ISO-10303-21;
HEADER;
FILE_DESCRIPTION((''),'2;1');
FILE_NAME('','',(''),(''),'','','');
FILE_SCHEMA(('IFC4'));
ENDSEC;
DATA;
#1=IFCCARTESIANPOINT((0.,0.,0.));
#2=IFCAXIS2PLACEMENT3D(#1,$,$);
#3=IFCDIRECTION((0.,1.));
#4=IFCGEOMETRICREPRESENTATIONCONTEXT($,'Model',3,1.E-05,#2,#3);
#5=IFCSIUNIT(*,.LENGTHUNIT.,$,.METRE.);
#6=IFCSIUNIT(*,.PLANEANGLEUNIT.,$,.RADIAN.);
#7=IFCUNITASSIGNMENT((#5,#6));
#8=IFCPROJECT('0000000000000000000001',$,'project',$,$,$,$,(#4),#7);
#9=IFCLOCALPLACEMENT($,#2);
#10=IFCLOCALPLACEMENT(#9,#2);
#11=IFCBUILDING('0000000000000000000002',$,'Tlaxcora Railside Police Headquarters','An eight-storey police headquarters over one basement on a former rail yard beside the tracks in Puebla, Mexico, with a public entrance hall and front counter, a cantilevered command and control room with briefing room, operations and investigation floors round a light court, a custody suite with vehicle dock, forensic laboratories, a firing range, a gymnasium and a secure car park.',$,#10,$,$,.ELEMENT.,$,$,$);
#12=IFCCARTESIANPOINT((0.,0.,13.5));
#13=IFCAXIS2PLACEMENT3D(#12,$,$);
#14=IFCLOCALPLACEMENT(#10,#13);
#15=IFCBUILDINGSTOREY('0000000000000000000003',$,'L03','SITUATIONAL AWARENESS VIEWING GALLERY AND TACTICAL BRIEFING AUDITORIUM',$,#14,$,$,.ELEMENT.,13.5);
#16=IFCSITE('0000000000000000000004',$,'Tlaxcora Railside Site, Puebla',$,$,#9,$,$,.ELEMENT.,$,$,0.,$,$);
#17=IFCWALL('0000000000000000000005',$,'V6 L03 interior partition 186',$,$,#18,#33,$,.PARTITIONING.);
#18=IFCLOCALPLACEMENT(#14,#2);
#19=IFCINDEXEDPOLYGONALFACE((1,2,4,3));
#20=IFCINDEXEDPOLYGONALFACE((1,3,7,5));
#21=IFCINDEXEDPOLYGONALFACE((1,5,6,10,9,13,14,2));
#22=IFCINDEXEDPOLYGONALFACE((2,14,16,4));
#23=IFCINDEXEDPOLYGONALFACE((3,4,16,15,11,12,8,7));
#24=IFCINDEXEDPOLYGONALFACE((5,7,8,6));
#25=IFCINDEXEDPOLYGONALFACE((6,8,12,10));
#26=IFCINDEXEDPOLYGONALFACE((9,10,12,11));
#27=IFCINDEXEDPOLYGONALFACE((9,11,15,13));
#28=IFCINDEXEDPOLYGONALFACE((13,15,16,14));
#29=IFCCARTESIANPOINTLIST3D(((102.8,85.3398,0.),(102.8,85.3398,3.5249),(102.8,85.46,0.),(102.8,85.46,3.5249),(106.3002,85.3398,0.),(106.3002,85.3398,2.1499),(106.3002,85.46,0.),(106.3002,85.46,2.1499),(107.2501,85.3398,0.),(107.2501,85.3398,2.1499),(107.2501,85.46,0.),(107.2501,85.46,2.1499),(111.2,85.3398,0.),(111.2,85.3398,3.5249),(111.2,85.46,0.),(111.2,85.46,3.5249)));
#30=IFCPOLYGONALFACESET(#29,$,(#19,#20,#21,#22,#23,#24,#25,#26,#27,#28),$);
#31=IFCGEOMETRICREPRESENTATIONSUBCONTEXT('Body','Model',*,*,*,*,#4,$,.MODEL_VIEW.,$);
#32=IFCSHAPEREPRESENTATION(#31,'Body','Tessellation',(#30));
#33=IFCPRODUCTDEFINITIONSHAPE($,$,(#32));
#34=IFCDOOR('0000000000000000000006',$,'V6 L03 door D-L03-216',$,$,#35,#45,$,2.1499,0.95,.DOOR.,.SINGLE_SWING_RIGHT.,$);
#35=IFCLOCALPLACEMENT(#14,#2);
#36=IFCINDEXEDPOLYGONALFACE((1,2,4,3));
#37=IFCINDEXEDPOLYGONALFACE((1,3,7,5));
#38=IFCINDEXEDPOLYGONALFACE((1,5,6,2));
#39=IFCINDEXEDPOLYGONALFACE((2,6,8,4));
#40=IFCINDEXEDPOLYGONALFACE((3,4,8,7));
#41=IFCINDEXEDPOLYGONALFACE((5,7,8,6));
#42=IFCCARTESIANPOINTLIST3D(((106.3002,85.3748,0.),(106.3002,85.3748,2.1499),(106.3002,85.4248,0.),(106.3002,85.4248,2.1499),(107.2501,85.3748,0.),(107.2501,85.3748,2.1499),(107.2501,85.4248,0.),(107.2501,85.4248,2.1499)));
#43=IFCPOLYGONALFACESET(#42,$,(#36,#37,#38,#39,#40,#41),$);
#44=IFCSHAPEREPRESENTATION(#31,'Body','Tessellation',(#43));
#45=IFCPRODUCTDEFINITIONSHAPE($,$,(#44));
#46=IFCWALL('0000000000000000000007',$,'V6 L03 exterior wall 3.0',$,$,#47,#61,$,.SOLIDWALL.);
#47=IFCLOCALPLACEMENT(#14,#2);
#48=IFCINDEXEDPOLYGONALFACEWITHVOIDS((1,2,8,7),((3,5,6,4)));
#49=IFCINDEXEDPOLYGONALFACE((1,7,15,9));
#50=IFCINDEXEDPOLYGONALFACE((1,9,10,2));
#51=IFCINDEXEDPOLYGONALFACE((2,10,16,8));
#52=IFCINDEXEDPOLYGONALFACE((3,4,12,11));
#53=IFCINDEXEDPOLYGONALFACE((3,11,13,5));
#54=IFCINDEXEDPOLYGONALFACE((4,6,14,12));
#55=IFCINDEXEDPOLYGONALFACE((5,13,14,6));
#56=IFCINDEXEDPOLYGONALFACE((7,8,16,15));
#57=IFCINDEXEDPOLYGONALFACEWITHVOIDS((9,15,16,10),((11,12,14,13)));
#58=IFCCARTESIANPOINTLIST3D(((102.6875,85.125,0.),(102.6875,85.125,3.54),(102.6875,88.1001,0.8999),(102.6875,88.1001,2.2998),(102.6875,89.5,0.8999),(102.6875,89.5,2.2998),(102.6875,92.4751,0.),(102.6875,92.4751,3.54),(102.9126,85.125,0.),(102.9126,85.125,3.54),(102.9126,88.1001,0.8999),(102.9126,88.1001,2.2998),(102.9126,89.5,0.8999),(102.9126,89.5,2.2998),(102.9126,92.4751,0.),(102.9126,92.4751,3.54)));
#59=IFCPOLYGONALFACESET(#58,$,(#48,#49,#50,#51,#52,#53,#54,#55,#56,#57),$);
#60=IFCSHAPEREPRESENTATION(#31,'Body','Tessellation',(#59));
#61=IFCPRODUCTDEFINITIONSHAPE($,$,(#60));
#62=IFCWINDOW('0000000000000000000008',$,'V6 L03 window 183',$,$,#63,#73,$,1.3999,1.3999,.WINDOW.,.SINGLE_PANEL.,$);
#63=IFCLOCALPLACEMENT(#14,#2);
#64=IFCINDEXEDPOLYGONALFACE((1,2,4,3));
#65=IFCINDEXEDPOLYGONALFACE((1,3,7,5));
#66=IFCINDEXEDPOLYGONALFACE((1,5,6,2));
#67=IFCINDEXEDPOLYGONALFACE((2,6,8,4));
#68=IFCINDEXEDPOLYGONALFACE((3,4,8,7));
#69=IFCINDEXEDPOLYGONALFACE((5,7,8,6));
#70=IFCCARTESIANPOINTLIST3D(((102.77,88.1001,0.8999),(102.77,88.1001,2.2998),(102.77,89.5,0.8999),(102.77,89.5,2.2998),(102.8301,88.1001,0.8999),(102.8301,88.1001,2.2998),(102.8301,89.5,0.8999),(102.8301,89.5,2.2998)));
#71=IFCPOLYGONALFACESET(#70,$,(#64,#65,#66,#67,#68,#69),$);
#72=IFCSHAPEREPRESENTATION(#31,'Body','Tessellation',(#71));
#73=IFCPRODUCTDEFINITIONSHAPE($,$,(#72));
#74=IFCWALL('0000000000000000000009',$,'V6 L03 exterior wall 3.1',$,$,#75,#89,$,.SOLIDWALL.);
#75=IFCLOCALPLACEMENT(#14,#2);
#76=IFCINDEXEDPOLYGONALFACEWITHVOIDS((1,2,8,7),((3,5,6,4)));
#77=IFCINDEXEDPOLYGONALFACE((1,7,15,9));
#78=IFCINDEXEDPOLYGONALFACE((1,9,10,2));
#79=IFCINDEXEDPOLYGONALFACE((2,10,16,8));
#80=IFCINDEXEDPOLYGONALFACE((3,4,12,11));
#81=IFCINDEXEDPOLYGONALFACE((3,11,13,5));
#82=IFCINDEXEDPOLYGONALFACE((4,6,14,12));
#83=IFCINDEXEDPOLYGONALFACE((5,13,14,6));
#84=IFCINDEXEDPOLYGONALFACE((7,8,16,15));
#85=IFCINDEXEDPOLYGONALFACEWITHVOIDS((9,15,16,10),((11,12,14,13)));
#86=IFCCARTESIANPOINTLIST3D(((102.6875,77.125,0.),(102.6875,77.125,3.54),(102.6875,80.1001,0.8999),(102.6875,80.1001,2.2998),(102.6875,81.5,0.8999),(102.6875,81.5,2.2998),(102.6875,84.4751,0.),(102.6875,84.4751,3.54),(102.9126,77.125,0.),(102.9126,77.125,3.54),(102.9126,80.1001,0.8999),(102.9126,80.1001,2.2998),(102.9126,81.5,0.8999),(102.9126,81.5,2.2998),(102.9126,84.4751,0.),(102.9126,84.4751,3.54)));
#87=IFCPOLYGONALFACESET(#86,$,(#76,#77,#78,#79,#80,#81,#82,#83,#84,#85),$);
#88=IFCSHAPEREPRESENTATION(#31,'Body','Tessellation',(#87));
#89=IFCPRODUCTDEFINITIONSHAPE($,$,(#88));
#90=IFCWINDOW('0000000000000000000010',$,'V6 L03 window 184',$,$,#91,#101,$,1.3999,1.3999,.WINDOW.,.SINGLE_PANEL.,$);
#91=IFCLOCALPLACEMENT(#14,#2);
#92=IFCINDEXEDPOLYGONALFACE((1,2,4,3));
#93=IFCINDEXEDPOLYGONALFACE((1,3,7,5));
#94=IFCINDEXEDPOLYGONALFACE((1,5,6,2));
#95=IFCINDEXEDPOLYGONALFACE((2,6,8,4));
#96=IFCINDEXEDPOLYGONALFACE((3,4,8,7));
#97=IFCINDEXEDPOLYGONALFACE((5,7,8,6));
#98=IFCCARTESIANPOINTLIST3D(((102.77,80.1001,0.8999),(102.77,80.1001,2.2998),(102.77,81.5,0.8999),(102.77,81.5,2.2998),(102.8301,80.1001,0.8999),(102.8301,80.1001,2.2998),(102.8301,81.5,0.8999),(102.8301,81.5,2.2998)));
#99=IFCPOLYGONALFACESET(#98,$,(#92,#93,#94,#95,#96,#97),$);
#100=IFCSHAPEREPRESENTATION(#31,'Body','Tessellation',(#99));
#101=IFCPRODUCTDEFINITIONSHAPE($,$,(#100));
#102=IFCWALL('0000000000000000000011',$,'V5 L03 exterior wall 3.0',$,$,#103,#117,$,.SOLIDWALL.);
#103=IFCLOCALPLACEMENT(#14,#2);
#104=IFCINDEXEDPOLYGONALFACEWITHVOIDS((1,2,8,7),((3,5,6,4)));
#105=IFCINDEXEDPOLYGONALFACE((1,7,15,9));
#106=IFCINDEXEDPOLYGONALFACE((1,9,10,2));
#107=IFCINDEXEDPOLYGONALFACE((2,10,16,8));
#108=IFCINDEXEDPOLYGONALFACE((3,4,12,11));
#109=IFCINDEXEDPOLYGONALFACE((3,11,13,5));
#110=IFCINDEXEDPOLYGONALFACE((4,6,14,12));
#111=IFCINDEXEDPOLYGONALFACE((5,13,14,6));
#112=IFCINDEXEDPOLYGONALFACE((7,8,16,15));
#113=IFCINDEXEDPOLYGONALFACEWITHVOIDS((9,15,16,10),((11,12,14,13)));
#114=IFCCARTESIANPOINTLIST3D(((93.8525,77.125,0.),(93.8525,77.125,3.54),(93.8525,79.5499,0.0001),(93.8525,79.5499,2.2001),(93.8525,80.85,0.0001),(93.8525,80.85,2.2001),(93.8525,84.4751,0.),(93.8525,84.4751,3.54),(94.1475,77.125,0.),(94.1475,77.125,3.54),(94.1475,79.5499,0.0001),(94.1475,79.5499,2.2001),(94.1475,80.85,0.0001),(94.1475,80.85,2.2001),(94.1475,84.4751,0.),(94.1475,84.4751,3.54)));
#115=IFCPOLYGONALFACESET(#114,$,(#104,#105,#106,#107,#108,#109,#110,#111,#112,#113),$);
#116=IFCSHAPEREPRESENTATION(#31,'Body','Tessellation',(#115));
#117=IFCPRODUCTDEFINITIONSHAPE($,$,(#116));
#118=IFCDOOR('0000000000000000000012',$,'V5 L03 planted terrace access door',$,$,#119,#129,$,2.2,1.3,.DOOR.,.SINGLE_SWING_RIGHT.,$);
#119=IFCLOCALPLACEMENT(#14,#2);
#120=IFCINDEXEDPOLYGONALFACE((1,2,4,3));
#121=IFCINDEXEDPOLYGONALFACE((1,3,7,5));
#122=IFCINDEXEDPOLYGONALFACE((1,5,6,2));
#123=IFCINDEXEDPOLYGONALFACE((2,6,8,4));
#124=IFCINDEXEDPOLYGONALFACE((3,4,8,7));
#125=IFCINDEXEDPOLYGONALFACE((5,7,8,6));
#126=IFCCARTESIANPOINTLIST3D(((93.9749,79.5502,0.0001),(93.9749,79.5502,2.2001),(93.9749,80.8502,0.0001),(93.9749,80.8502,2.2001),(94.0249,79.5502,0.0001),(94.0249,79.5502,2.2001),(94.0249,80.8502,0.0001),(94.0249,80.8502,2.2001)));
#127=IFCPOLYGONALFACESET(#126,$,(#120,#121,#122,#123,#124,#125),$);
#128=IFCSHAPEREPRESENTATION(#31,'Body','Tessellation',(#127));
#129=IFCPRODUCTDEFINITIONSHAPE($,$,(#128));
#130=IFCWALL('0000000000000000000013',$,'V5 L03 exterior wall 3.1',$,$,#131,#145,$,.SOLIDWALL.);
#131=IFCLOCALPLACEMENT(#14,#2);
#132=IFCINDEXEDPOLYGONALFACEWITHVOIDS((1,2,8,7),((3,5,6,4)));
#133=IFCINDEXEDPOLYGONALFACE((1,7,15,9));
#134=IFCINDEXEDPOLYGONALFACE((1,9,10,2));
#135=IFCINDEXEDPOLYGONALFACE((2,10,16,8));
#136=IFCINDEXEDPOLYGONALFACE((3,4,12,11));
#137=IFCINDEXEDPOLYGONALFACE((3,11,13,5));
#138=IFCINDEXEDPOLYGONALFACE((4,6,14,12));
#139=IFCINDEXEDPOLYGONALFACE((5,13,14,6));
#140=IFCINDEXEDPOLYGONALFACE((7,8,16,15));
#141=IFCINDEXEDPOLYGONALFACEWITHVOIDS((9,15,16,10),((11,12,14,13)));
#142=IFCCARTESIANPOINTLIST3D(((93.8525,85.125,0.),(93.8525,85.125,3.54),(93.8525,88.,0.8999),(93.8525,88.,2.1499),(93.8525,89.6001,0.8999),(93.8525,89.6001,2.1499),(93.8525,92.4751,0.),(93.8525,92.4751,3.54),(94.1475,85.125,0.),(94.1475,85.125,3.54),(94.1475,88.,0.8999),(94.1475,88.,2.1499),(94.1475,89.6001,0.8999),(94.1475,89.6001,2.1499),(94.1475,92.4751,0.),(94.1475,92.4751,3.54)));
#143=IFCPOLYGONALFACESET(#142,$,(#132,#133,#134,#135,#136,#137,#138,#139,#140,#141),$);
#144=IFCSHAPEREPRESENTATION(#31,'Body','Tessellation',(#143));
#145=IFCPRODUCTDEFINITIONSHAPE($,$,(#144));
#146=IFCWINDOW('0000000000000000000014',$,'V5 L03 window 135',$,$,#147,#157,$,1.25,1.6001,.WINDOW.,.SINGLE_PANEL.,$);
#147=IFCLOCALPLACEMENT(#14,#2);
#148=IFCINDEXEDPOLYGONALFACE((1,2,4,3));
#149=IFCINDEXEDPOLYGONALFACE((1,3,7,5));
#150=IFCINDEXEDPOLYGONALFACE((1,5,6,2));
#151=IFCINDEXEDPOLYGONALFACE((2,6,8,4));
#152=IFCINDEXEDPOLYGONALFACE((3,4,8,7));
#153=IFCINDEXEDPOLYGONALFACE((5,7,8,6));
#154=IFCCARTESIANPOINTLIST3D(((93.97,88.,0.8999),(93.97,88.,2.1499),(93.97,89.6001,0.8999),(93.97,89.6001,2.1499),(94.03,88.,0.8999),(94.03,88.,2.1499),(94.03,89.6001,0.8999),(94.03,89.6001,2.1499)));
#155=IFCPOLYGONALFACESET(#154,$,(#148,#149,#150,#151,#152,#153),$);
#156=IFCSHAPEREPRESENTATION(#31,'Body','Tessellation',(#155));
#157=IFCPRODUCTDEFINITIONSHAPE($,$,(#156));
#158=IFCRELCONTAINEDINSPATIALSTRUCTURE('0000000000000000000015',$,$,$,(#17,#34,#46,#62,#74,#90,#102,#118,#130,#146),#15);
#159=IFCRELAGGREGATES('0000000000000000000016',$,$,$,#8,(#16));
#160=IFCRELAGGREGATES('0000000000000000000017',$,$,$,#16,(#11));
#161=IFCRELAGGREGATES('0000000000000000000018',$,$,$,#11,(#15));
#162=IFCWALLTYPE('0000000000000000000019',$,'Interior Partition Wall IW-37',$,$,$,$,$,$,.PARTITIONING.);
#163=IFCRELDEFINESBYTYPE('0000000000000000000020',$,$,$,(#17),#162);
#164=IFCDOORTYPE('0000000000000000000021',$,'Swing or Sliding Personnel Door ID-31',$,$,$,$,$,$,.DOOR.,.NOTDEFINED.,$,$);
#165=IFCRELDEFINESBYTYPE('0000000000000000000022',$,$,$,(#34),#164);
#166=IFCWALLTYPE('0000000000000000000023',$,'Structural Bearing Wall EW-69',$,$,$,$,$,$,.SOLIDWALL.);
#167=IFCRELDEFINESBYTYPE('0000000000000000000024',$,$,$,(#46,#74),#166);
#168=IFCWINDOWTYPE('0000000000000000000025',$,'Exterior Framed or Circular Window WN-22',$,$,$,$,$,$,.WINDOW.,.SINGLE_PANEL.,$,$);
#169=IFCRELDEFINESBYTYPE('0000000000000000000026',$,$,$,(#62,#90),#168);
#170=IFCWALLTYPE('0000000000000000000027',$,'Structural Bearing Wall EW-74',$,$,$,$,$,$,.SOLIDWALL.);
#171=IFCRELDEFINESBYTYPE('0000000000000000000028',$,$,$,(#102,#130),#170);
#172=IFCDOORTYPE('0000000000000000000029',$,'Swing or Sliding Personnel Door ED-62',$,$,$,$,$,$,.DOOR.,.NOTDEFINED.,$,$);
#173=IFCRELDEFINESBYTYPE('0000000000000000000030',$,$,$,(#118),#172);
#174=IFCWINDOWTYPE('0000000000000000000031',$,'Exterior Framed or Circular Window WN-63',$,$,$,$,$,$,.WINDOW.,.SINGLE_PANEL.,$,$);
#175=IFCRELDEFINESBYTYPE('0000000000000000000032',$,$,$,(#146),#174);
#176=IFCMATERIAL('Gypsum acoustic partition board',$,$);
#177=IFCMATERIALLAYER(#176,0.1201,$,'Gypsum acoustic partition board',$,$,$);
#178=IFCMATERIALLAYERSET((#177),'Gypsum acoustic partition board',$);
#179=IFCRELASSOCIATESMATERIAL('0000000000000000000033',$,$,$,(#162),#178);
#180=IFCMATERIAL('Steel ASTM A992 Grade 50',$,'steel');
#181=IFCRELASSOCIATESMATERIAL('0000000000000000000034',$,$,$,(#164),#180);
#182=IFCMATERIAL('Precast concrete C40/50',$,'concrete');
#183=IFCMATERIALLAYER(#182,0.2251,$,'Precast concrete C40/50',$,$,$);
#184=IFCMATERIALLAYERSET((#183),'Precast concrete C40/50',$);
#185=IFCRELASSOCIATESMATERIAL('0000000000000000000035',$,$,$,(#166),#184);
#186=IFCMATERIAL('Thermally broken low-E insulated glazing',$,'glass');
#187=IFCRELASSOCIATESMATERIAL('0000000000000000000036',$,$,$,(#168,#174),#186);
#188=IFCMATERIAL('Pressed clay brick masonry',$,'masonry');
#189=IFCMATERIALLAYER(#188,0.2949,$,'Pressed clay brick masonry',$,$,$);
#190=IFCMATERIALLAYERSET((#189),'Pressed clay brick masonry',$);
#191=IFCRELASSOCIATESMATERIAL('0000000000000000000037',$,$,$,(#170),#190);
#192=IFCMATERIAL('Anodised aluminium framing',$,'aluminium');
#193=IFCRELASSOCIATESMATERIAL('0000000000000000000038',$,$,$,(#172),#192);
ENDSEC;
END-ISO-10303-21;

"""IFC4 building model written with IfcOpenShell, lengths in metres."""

from ifc_helpers import new_model, si_unit, direction, frame, frame_2d, origin, place, context, subcontext, project, spatial, rectangle, extrude, material, layer, layer_set, type_object, element, fill, save


model = new_model("IFC4")

# Units and contexts
model_context = context("Model", 3, precision=1e-05, world=origin(), true_north=direction((0.0, 1.0)))
body_context = subcontext(model_context, "Body", "Model", "MODEL_VIEW")
ifc_project = project(units=[si_unit("LENGTHUNIT", "METRE"), si_unit("PLANEANGLEUNIT", "RADIAN")], contexts=[model_context])

# Site, building, storey
site_placement = place(None, origin())
site = spatial("IfcSite", under=ifc_project, at=site_placement, Name="Tlaxcora Railside Site, Puebla", CompositionType="ELEMENT", RefElevation=0.0)
building_placement = place(site_placement, origin())
building = spatial("IfcBuilding", under=site, at=building_placement, Name="Tlaxcora Railside Police Headquarters", Description="An eight-storey police headquarters over one basement on a former rail yard beside the tracks in Puebla, Mexico, with a public entrance hall and front counter, a cantilevered command and control room with briefing room, operations and investigation floors round a light court, a custody suite with vehicle dock, forensic laboratories, a firing range, a gymnasium and a secure car park.", CompositionType="ELEMENT")
storey_placement = place(building_placement, frame((0.0, 0.0, 13.5)))
storey = spatial("IfcBuildingStorey", under=building, at=storey_placement, Name="L03", Description="SITUATIONAL AWARENESS VIEWING GALLERY AND TACTICAL BRIEFING AUDITORIUM", CompositionType="ELEMENT", Elevation=13.5)

# Shared definitions
ifc_material_1 = material(Name="Gypsum acoustic partition board")
ifc_material_2 = material(Name="Steel ASTM A992 Grade 50", Category="steel")

# Wall, opening, door
ifc_layer_1 = layer(ifc_material_1, 0.1201, Name="Gypsum acoustic partition board")
ifc_layer_set_1 = layer_set([ifc_layer_1], Name="Gypsum acoustic partition board")
wall_type_1 = type_object("IfcWallType", Name="Interior Partition Wall IW-37", PredefinedType="PARTITIONING", material=ifc_layer_set_1)
wall_1_placement = place(storey_placement, frame((102.8, 85.3999, 0.0), z_axis=(0.0, 0.0, 1.0), x_axis=(1.0, 0.0, 0.0)))
wall_1 = element("IfcWall", 1, at=wall_1_placement, inside=storey, type_object=wall_type_1, Name="V6 L03 interior partition 186", PredefinedType="PARTITIONING", context=body_context, shape_type="SweptSolid", body=[
    extrude(rectangle(XDim=8.3999, YDim=0.1201, at=frame_2d((4.2, 0.0))), origin(), (0.0, 0.0, 1.0), 3.5249),
])
opening_1_placement = place(wall_1_placement, frame((3.5, 0.0, 0.0)))
opening_1 = element("IfcOpeningElement", 2, at=opening_1_placement, cuts=wall_1, PredefinedType="OPENING", context=body_context, shape_type="SweptSolid", body=[
    extrude(rectangle(XDim=0.95, YDim=2.1499, at=frame_2d((0.4751, 1.075))), frame((0.0, 0.0701, 0.0), z_axis=(0.0, -1.0, 0.0), x_axis=(1.0, 0.0, 0.0)), (0.0, 0.0, 1.0), 0.1401),
])
door_type_1 = type_object("IfcDoorType", Name="Swing or Sliding Personnel Door ID-31", OperationType="NOTDEFINED", PredefinedType="DOOR", material=ifc_material_2)
door_1_placement = place(opening_1_placement, origin())
door_1 = element("IfcDoor", 3, at=door_1_placement, inside=storey, type_object=door_type_1, Name="V6 L03 door D-L03-216", OperationType="SINGLE_SWING_RIGHT", OverallHeight=2.1499, OverallWidth=0.95, PredefinedType="DOOR", context=body_context, shape_type="SweptSolid", body=[
    extrude(rectangle(XDim=0.95, YDim=2.1499, at=frame_2d((0.4751, 1.075))), frame((0.0, 0.0249, 0.0), z_axis=(0.0, -1.0, 0.0), x_axis=(1.0, 0.0, 0.0)), (0.0, 0.0, 1.0), 0.05),
])
fill(opening_1, door_1)

# Walls, openings, windows
ifc_material_3 = material(Name="Precast concrete C40/50", Category="concrete")
ifc_layer_2 = layer(ifc_material_3, 0.2251, Name="Precast concrete C40/50")
ifc_layer_set_2 = layer_set([ifc_layer_2], Name="Precast concrete C40/50")
wall_type_2 = type_object("IfcWallType", Name="Structural Bearing Wall EW-69", PredefinedType="SOLIDWALL", material=ifc_layer_set_2)
wall_2_placement = place(storey_placement, frame((102.8, 92.4751, 0.0), z_axis=(0.0, 0.0, 1.0), x_axis=(0.0, -1.0, 0.0)))
wall_2 = element("IfcWall", 4, at=wall_2_placement, inside=storey, type_object=wall_type_2, Name="V6 L03 exterior wall 3.0", PredefinedType="SOLIDWALL", context=body_context, shape_type="SweptSolid", body=[
    extrude(rectangle(XDim=7.3501, YDim=0.2251, at=frame_2d((3.675, 0.0))), origin(), (0.0, 0.0, 1.0), 3.54),
])
opening_2_placement = place(wall_2_placement, frame((2.9751, 0.0, 0.8999)))
opening_2 = element("IfcOpeningElement", 5, at=opening_2_placement, cuts=wall_2, PredefinedType="OPENING", context=body_context, shape_type="SweptSolid", body=[
    extrude(rectangle(XDim=1.3999, YDim=1.3999, at=frame_2d((0.7, 0.7))), frame((0.0, 0.1226, 0.0), z_axis=(0.0, -1.0, 0.0), x_axis=(1.0, 0.0, 0.0)), (0.0, 0.0, 1.0), 0.2451),
])
ifc_material_4 = material(Name="Thermally broken low-E insulated glazing", Category="glass")
window_type_1 = type_object("IfcWindowType", Name="Exterior Framed or Circular Window WN-22", PartitioningType="SINGLE_PANEL", PredefinedType="WINDOW", material=ifc_material_4)
window_1_placement = place(opening_2_placement, origin())
window_1 = element("IfcWindow", 6, at=window_1_placement, inside=storey, type_object=window_type_1, Name="V6 L03 window 183", OverallHeight=1.3999, OverallWidth=1.3999, PartitioningType="SINGLE_PANEL", PredefinedType="WINDOW", context=body_context, shape_type="SweptSolid", body=[
    extrude(rectangle(XDim=1.3999, YDim=1.3999, at=frame_2d((0.7, 0.7))), frame((0.0, 0.03, 0.0), z_axis=(0.0, -1.0, 0.0), x_axis=(1.0, 0.0, 0.0)), (0.0, 0.0, 1.0), 0.0601),
])
fill(opening_2, window_1)
wall_3_placement = place(storey_placement, frame((102.8, 84.4751, 0.0), z_axis=(0.0, 0.0, 1.0), x_axis=(0.0, -1.0, 0.0)))
wall_3 = element("IfcWall", 7, at=wall_3_placement, inside=storey, type_object=wall_type_2, Name="V6 L03 exterior wall 3.1", PredefinedType="SOLIDWALL", context=body_context, shape_type="SweptSolid", body=[
    extrude(rectangle(XDim=7.3501, YDim=0.2251, at=frame_2d((3.675, 0.0))), origin(), (0.0, 0.0, 1.0), 3.54),
])
opening_3_placement = place(wall_3_placement, frame((2.9751, 0.0, 0.8999)))
opening_3 = element("IfcOpeningElement", 8, at=opening_3_placement, cuts=wall_3, PredefinedType="OPENING", context=body_context, shape_type="SweptSolid", body=[
    extrude(rectangle(XDim=1.3999, YDim=1.3999, at=frame_2d((0.7, 0.7))), frame((0.0, 0.1226, 0.0), z_axis=(0.0, -1.0, 0.0), x_axis=(1.0, 0.0, 0.0)), (0.0, 0.0, 1.0), 0.2451),
])
window_2_placement = place(opening_3_placement, origin())
window_2 = element("IfcWindow", 9, at=window_2_placement, inside=storey, type_object=window_type_1, Name="V6 L03 window 184", OverallHeight=1.3999, OverallWidth=1.3999, PartitioningType="SINGLE_PANEL", PredefinedType="WINDOW", context=body_context, shape_type="SweptSolid", body=[
    extrude(rectangle(XDim=1.3999, YDim=1.3999, at=frame_2d((0.7, 0.7))), frame((0.0, 0.03, 0.0), z_axis=(0.0, -1.0, 0.0), x_axis=(1.0, 0.0, 0.0)), (0.0, 0.0, 1.0), 0.0601),
])
fill(opening_3, window_2)

# Wall, opening, door
ifc_material_5 = material(Name="Pressed clay brick masonry", Category="masonry")
ifc_layer_3 = layer(ifc_material_5, 0.2949, Name="Pressed clay brick masonry")
ifc_layer_set_3 = layer_set([ifc_layer_3], Name="Pressed clay brick masonry")
wall_type_3 = type_object("IfcWallType", Name="Structural Bearing Wall EW-74", PredefinedType="SOLIDWALL", material=ifc_layer_set_3)
wall_4_placement = place(storey_placement, frame((94.0, 77.125, 0.0), z_axis=(0.0, 0.0, 1.0), x_axis=(0.0, 1.0, 0.0)))
wall_4 = element("IfcWall", 10, at=wall_4_placement, inside=storey, type_object=wall_type_3, Name="V5 L03 exterior wall 3.0", PredefinedType="SOLIDWALL", context=body_context, shape_type="SweptSolid", body=[
    extrude(rectangle(XDim=7.3501, YDim=0.2949, at=frame_2d((3.675, 0.0))), origin(), (0.0, 0.0, 1.0), 3.54),
])
opening_4_placement = place(wall_4_placement, frame((2.425, 0.0, 0.0)))
opening_4 = element("IfcOpeningElement", 11, at=opening_4_placement, cuts=wall_4, PredefinedType="OPENING", context=body_context, shape_type="SweptSolid", body=[
    extrude(rectangle(XDim=1.3, YDim=2.2, at=frame_2d((0.6499, 1.1001))), frame((0.0, 0.1575, 0.0), z_axis=(0.0, -1.0, 0.0), x_axis=(1.0, 0.0, 0.0)), (0.0, 0.0, 1.0), 0.3149),
])
ifc_material_6 = material(Name="Anodised aluminium framing", Category="aluminium")
door_type_2 = type_object("IfcDoorType", Name="Swing or Sliding Personnel Door ED-62", OperationType="NOTDEFINED", PredefinedType="DOOR", material=ifc_material_6)
door_2_placement = place(opening_4_placement, frame((1.3, 0.0, 0.0), z_axis=(0.0, 0.0, 1.0), x_axis=(-1.0, 0.0, 0.0)))
door_2 = element("IfcDoor", 12, at=door_2_placement, inside=storey, type_object=door_type_2, Name="V5 L03 planted terrace access door", OperationType="SINGLE_SWING_RIGHT", OverallHeight=2.2, OverallWidth=1.3, PredefinedType="DOOR", context=body_context, shape_type="SweptSolid", body=[
    extrude(rectangle(XDim=1.3, YDim=2.2, at=frame_2d((0.6499, 1.1001))), frame((0.0, 0.0249, 0.0), z_axis=(0.0, -1.0, 0.0), x_axis=(1.0, 0.0, 0.0)), (0.0, 0.0, 1.0), 0.05),
])
fill(opening_4, door_2)

# Wall, opening, window
wall_5_placement = place(storey_placement, frame((94.0, 85.125, 0.0), z_axis=(0.0, 0.0, 1.0), x_axis=(0.0, 1.0, 0.0)))
wall_5 = element("IfcWall", 13, at=wall_5_placement, inside=storey, type_object=wall_type_3, Name="V5 L03 exterior wall 3.1", PredefinedType="SOLIDWALL", context=body_context, shape_type="SweptSolid", body=[
    extrude(rectangle(XDim=7.3501, YDim=0.2949, at=frame_2d((3.675, 0.0))), origin(), (0.0, 0.0, 1.0), 3.54),
])
opening_5_placement = place(wall_5_placement, frame((2.875, 0.0, 0.8999)))
opening_5 = element("IfcOpeningElement", 14, at=opening_5_placement, cuts=wall_5, PredefinedType="OPENING", context=body_context, shape_type="SweptSolid", body=[
    extrude(rectangle(XDim=1.6001, YDim=1.25, at=frame_2d((0.8, 0.625))), frame((0.0, 0.1575, 0.0), z_axis=(0.0, -1.0, 0.0), x_axis=(1.0, 0.0, 0.0)), (0.0, 0.0, 1.0), 0.3149),
])
window_type_2 = type_object("IfcWindowType", Name="Exterior Framed or Circular Window WN-63", PartitioningType="SINGLE_PANEL", PredefinedType="WINDOW", material=ifc_material_4)
window_3_placement = place(opening_5_placement, origin())
window_3 = element("IfcWindow", 15, at=window_3_placement, inside=storey, type_object=window_type_2, Name="V5 L03 window 135", OverallHeight=1.25, OverallWidth=1.6001, PartitioningType="SINGLE_PANEL", PredefinedType="WINDOW", context=body_context, shape_type="SweptSolid", body=[
    extrude(rectangle(XDim=1.6001, YDim=1.25, at=frame_2d((0.8, 0.625))), frame((0.0, 0.03, 0.0), z_axis=(0.0, -1.0, 0.0), x_axis=(1.0, 0.0, 0.0)), (0.0, 0.0, 1.0), 0.0601),
])
fill(opening_5, window_3)

save(model, "model.ifc")
